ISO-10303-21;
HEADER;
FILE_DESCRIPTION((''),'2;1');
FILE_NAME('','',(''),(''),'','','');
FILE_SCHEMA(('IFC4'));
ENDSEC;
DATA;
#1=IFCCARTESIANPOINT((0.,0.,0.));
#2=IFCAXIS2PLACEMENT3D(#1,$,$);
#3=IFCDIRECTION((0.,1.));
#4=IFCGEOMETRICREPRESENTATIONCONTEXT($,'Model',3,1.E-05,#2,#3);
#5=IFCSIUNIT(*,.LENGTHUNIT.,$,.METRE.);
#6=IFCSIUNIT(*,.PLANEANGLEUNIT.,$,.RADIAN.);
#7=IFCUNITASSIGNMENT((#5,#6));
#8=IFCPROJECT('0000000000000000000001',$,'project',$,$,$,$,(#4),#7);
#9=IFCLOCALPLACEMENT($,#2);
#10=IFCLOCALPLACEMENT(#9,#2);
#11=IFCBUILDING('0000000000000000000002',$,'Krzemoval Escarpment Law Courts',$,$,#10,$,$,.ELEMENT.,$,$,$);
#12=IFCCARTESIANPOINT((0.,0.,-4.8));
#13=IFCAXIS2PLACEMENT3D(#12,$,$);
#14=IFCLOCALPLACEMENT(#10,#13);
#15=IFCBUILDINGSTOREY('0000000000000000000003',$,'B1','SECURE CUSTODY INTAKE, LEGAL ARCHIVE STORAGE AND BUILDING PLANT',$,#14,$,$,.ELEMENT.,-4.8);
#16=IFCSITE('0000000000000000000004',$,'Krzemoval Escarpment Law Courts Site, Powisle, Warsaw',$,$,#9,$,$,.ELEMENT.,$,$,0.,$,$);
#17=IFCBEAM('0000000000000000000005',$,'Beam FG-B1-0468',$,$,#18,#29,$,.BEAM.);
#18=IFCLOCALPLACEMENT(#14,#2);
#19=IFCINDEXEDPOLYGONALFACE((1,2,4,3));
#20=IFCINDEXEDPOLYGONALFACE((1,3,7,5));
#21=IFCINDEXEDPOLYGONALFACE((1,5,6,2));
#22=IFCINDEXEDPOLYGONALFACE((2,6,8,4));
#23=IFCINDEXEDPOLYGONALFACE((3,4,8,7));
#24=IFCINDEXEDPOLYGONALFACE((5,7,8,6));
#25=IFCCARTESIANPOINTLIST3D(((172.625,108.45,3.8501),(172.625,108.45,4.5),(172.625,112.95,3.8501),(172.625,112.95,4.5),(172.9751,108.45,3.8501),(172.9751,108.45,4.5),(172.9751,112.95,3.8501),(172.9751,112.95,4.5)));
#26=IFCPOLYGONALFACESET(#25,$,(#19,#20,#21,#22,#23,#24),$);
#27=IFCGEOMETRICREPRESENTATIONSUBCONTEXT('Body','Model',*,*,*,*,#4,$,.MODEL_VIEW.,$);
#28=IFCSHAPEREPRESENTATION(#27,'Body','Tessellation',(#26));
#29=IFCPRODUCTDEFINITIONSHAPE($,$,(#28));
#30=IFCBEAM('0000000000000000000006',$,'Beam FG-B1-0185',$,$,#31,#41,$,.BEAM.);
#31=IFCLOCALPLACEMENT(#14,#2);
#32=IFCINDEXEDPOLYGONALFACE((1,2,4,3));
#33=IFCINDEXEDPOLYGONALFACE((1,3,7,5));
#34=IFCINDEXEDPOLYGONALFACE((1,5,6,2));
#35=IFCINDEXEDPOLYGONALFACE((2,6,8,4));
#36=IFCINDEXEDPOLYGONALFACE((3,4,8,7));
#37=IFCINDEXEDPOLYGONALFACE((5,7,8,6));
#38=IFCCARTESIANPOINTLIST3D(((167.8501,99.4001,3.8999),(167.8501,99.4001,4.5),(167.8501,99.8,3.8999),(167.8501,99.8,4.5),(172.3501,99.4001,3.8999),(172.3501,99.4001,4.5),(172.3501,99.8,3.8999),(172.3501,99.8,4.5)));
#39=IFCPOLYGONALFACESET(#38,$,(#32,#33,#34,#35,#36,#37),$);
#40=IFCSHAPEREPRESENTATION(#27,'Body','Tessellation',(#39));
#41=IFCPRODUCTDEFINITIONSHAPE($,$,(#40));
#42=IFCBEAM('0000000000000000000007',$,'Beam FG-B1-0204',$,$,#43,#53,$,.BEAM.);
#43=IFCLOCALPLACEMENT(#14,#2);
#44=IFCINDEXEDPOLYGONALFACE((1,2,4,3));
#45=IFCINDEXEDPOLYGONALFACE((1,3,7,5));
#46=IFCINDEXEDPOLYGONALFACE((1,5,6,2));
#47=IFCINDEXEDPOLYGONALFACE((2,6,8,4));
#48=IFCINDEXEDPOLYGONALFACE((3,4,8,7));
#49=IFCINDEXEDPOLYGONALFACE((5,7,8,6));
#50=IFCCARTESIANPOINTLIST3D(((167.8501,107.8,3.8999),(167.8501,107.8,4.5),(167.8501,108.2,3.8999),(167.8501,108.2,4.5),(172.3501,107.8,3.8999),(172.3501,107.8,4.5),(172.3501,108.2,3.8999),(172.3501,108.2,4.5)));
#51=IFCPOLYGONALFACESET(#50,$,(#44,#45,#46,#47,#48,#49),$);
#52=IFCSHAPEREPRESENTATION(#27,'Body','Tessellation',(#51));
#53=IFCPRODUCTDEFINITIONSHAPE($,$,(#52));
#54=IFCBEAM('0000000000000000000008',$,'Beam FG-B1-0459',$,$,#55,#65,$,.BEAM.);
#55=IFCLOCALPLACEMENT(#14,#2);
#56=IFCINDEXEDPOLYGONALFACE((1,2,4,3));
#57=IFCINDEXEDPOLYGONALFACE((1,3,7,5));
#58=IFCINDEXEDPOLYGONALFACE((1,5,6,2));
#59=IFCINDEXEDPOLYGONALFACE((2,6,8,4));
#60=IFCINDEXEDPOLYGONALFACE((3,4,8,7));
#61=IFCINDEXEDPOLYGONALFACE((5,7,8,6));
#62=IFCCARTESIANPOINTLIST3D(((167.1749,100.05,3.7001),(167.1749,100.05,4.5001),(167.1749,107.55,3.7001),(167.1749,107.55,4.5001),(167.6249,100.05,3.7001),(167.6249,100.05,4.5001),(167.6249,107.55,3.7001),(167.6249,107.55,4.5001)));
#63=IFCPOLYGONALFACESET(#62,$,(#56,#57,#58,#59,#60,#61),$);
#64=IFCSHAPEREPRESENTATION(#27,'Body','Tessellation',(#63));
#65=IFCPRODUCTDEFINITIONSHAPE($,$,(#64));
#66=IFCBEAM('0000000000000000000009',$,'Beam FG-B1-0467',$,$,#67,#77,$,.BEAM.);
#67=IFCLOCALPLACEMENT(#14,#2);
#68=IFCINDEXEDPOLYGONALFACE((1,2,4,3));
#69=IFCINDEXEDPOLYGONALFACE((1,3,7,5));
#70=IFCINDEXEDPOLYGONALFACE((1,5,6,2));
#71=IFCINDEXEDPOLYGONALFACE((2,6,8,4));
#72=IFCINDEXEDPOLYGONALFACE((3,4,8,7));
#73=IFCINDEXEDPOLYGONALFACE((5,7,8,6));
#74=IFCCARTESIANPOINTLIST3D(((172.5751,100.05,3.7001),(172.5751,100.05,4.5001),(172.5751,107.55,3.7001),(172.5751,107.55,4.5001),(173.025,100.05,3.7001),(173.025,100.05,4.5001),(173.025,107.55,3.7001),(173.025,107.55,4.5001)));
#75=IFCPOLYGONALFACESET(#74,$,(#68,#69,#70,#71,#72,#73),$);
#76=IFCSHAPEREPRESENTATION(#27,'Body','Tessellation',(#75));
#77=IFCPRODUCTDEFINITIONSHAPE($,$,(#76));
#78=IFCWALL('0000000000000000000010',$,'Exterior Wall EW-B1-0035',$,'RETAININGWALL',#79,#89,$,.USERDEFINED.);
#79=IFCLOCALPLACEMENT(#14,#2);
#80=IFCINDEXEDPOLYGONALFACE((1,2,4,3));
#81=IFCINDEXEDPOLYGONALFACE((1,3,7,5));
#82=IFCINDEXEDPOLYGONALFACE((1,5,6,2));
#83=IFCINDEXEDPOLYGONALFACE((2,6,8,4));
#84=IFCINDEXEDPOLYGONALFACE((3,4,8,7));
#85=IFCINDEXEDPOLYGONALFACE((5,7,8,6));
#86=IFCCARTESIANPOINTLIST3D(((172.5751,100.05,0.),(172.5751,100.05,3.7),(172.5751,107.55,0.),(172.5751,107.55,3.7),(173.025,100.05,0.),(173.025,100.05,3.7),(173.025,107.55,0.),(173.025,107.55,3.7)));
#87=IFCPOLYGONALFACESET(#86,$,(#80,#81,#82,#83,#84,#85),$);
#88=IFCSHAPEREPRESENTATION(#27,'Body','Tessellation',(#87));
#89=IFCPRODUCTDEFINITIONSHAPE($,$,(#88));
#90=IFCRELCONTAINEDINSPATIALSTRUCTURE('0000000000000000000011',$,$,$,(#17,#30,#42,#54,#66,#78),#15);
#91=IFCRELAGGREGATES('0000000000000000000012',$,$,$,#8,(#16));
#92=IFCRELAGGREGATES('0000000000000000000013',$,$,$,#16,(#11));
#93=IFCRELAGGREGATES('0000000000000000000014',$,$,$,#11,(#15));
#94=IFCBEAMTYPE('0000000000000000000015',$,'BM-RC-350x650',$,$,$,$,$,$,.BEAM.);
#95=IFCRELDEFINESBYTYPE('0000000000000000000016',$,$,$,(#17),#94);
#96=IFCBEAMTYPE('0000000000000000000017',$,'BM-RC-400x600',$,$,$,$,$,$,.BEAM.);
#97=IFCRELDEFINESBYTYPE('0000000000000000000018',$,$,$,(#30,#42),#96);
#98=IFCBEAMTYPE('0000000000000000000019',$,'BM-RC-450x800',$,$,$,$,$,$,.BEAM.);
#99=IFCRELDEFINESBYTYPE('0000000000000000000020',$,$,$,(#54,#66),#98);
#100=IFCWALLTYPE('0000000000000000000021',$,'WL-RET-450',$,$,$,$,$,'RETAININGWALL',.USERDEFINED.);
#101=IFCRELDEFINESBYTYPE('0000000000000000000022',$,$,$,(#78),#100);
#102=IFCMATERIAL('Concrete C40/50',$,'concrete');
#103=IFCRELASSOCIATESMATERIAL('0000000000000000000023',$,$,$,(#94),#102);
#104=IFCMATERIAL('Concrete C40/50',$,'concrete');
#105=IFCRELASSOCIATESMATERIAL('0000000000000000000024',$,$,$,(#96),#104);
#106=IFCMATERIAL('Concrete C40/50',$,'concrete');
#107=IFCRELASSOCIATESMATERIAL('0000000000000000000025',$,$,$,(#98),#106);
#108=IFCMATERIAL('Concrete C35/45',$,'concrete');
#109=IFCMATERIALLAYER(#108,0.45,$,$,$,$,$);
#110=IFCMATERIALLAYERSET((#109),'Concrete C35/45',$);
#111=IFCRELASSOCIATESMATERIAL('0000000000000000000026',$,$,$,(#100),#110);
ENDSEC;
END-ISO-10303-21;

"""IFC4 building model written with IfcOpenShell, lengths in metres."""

from ifc_helpers import new_model, si_unit, direction, frame, frame_2d, origin, origin_2d, place, context, subcontext, project, spatial, rectangle, extrude, material, layer, layer_set, material_profile, profile_set, type_object, element, save


model = new_model("IFC4")

# Units and contexts
model_context = context("Model", 3, precision=1e-05, world=origin(), true_north=direction((0.0, 1.0)))
body_context = subcontext(model_context, "Body", "Model", "MODEL_VIEW")
ifc_project = project(units=[si_unit("LENGTHUNIT", "METRE"), si_unit("PLANEANGLEUNIT", "RADIAN")], contexts=[model_context])

# Site, building, storey
site_placement = place(None, origin())
site = spatial("IfcSite", under=ifc_project, at=site_placement, Name="Krzemoval Escarpment Law Courts Site, Powisle, Warsaw", CompositionType="ELEMENT", RefElevation=0.0)
building_placement = place(site_placement, origin())
building = spatial("IfcBuilding", under=site, at=building_placement, Name="Krzemoval Escarpment Law Courts", CompositionType="ELEMENT")
storey_placement = place(building_placement, frame((0.0, 0.0, -4.8)))
storey = spatial("IfcBuildingStorey", under=building, at=storey_placement, Name="B1", Description="SECURE CUSTODY INTAKE, LEGAL ARCHIVE STORAGE AND BUILDING PLANT", CompositionType="ELEMENT", Elevation=-4.8)

# Beams
ifc_material_1 = material(Name="Concrete C40/50", Category="concrete")
ifc_material_profile_1 = material_profile(ifc_material_1, rectangle(XDim=0.3501, YDim=0.6499, at=origin_2d()), Name="RCB 350x650")
ifc_profile_set_1 = profile_set([ifc_material_profile_1], Name="Concrete C40/50")
beam_type_1 = type_object("IfcBeamType", Name="BM-RC-350x650", PredefinedType="BEAM", material=ifc_profile_set_1)
for number, where, z_axis, x_axis, name in (
    (1, (172.8, 108.45, 4.175), (0.0, 1.0, 0.0), (-1.0, 0.0, 0.0), "Beam FG-B1-0468"),
):
    element("IfcBeam", number, at=place(storey_placement, frame(where, z_axis=z_axis, x_axis=x_axis)), inside=storey, type_object=beam_type_1, Name=name, PredefinedType="BEAM", context=body_context, shape_type="SweptSolid", body=[
        extrude(rectangle(XDim=0.3501, YDim=0.6499, at=origin_2d()), origin(), (0.0, 0.0, 1.0), 4.5),
    ])
ifc_material_2 = material(Name="Concrete C40/50", Category="concrete")
ifc_material_profile_2 = material_profile(ifc_material_2, rectangle(XDim=0.3999, YDim=0.6001, at=origin_2d()), Name="RCB 400x600")
ifc_profile_set_2 = profile_set([ifc_material_profile_2], Name="Concrete C40/50")
beam_type_2 = type_object("IfcBeamType", Name="BM-RC-400x600", PredefinedType="BEAM", material=ifc_profile_set_2)
for number, where, z_axis, x_axis, name in (
    (2, (167.8501, 99.6001, 4.2), (1.0, 0.0, 0.0), (0.0, 1.0, 0.0), "Beam FG-B1-0185"),
    (3, (167.8501, 108.0, 4.2), (1.0, 0.0, 0.0), (0.0, 1.0, 0.0), "Beam FG-B1-0204"),
):
    element("IfcBeam", number, at=place(storey_placement, frame(where, z_axis=z_axis, x_axis=x_axis)), inside=storey, type_object=beam_type_2, Name=name, PredefinedType="BEAM", context=body_context, shape_type="SweptSolid", body=[
        extrude(rectangle(XDim=0.3999, YDim=0.6001, at=origin_2d()), origin(), (0.0, 0.0, 1.0), 4.5),
    ])
ifc_material_3 = material(Name="Concrete C40/50", Category="concrete")
ifc_material_profile_3 = material_profile(ifc_material_3, rectangle(XDim=0.45, YDim=0.8, at=origin_2d()), Name="RCB 450x800")
ifc_profile_set_3 = profile_set([ifc_material_profile_3], Name="Concrete C40/50")
beam_type_3 = type_object("IfcBeamType", Name="BM-RC-450x800", PredefinedType="BEAM", material=ifc_profile_set_3)
for number, where, z_axis, x_axis, name in (
    (4, (167.3999, 100.05, 4.1001), (0.0, 1.0, 0.0), (-1.0, 0.0, 0.0), "Beam FG-B1-0459"),
    (5, (172.8, 100.05, 4.1001), (0.0, 1.0, 0.0), (-1.0, 0.0, 0.0), "Beam FG-B1-0467"),
):
    element("IfcBeam", number, at=place(storey_placement, frame(where, z_axis=z_axis, x_axis=x_axis)), inside=storey, type_object=beam_type_3, Name=name, PredefinedType="BEAM", context=body_context, shape_type="SweptSolid", body=[
        extrude(rectangle(XDim=0.45, YDim=0.8, at=origin_2d()), origin(), (0.0, 0.0, 1.0), 7.5),
    ])

# Wall
ifc_material_4 = material(Name="Concrete C35/45", Category="concrete")
ifc_layer = layer(ifc_material_4, 0.45)
ifc_layer_set = layer_set([ifc_layer], Name="Concrete C35/45")
wall_type = type_object("IfcWallType", Name="WL-RET-450", ElementType="RETAININGWALL", PredefinedType="USERDEFINED", material=ifc_layer_set)
wall_placement = place(storey_placement, frame((172.8, 107.55, 0.0), z_axis=(0.0, 0.0, 1.0), x_axis=(0.0, -1.0, 0.0)))
element("IfcWall", 6, at=wall_placement, inside=storey, type_object=wall_type, Name="Exterior Wall EW-B1-0035", ObjectType="RETAININGWALL", PredefinedType="USERDEFINED", context=body_context, shape_type="SweptSolid", body=[
    extrude(rectangle(XDim=7.5, YDim=0.45, at=frame_2d((3.75, 0.0))), origin(), (0.0, 0.0, 1.0), 3.7),
])

save(model, "model.ifc")
